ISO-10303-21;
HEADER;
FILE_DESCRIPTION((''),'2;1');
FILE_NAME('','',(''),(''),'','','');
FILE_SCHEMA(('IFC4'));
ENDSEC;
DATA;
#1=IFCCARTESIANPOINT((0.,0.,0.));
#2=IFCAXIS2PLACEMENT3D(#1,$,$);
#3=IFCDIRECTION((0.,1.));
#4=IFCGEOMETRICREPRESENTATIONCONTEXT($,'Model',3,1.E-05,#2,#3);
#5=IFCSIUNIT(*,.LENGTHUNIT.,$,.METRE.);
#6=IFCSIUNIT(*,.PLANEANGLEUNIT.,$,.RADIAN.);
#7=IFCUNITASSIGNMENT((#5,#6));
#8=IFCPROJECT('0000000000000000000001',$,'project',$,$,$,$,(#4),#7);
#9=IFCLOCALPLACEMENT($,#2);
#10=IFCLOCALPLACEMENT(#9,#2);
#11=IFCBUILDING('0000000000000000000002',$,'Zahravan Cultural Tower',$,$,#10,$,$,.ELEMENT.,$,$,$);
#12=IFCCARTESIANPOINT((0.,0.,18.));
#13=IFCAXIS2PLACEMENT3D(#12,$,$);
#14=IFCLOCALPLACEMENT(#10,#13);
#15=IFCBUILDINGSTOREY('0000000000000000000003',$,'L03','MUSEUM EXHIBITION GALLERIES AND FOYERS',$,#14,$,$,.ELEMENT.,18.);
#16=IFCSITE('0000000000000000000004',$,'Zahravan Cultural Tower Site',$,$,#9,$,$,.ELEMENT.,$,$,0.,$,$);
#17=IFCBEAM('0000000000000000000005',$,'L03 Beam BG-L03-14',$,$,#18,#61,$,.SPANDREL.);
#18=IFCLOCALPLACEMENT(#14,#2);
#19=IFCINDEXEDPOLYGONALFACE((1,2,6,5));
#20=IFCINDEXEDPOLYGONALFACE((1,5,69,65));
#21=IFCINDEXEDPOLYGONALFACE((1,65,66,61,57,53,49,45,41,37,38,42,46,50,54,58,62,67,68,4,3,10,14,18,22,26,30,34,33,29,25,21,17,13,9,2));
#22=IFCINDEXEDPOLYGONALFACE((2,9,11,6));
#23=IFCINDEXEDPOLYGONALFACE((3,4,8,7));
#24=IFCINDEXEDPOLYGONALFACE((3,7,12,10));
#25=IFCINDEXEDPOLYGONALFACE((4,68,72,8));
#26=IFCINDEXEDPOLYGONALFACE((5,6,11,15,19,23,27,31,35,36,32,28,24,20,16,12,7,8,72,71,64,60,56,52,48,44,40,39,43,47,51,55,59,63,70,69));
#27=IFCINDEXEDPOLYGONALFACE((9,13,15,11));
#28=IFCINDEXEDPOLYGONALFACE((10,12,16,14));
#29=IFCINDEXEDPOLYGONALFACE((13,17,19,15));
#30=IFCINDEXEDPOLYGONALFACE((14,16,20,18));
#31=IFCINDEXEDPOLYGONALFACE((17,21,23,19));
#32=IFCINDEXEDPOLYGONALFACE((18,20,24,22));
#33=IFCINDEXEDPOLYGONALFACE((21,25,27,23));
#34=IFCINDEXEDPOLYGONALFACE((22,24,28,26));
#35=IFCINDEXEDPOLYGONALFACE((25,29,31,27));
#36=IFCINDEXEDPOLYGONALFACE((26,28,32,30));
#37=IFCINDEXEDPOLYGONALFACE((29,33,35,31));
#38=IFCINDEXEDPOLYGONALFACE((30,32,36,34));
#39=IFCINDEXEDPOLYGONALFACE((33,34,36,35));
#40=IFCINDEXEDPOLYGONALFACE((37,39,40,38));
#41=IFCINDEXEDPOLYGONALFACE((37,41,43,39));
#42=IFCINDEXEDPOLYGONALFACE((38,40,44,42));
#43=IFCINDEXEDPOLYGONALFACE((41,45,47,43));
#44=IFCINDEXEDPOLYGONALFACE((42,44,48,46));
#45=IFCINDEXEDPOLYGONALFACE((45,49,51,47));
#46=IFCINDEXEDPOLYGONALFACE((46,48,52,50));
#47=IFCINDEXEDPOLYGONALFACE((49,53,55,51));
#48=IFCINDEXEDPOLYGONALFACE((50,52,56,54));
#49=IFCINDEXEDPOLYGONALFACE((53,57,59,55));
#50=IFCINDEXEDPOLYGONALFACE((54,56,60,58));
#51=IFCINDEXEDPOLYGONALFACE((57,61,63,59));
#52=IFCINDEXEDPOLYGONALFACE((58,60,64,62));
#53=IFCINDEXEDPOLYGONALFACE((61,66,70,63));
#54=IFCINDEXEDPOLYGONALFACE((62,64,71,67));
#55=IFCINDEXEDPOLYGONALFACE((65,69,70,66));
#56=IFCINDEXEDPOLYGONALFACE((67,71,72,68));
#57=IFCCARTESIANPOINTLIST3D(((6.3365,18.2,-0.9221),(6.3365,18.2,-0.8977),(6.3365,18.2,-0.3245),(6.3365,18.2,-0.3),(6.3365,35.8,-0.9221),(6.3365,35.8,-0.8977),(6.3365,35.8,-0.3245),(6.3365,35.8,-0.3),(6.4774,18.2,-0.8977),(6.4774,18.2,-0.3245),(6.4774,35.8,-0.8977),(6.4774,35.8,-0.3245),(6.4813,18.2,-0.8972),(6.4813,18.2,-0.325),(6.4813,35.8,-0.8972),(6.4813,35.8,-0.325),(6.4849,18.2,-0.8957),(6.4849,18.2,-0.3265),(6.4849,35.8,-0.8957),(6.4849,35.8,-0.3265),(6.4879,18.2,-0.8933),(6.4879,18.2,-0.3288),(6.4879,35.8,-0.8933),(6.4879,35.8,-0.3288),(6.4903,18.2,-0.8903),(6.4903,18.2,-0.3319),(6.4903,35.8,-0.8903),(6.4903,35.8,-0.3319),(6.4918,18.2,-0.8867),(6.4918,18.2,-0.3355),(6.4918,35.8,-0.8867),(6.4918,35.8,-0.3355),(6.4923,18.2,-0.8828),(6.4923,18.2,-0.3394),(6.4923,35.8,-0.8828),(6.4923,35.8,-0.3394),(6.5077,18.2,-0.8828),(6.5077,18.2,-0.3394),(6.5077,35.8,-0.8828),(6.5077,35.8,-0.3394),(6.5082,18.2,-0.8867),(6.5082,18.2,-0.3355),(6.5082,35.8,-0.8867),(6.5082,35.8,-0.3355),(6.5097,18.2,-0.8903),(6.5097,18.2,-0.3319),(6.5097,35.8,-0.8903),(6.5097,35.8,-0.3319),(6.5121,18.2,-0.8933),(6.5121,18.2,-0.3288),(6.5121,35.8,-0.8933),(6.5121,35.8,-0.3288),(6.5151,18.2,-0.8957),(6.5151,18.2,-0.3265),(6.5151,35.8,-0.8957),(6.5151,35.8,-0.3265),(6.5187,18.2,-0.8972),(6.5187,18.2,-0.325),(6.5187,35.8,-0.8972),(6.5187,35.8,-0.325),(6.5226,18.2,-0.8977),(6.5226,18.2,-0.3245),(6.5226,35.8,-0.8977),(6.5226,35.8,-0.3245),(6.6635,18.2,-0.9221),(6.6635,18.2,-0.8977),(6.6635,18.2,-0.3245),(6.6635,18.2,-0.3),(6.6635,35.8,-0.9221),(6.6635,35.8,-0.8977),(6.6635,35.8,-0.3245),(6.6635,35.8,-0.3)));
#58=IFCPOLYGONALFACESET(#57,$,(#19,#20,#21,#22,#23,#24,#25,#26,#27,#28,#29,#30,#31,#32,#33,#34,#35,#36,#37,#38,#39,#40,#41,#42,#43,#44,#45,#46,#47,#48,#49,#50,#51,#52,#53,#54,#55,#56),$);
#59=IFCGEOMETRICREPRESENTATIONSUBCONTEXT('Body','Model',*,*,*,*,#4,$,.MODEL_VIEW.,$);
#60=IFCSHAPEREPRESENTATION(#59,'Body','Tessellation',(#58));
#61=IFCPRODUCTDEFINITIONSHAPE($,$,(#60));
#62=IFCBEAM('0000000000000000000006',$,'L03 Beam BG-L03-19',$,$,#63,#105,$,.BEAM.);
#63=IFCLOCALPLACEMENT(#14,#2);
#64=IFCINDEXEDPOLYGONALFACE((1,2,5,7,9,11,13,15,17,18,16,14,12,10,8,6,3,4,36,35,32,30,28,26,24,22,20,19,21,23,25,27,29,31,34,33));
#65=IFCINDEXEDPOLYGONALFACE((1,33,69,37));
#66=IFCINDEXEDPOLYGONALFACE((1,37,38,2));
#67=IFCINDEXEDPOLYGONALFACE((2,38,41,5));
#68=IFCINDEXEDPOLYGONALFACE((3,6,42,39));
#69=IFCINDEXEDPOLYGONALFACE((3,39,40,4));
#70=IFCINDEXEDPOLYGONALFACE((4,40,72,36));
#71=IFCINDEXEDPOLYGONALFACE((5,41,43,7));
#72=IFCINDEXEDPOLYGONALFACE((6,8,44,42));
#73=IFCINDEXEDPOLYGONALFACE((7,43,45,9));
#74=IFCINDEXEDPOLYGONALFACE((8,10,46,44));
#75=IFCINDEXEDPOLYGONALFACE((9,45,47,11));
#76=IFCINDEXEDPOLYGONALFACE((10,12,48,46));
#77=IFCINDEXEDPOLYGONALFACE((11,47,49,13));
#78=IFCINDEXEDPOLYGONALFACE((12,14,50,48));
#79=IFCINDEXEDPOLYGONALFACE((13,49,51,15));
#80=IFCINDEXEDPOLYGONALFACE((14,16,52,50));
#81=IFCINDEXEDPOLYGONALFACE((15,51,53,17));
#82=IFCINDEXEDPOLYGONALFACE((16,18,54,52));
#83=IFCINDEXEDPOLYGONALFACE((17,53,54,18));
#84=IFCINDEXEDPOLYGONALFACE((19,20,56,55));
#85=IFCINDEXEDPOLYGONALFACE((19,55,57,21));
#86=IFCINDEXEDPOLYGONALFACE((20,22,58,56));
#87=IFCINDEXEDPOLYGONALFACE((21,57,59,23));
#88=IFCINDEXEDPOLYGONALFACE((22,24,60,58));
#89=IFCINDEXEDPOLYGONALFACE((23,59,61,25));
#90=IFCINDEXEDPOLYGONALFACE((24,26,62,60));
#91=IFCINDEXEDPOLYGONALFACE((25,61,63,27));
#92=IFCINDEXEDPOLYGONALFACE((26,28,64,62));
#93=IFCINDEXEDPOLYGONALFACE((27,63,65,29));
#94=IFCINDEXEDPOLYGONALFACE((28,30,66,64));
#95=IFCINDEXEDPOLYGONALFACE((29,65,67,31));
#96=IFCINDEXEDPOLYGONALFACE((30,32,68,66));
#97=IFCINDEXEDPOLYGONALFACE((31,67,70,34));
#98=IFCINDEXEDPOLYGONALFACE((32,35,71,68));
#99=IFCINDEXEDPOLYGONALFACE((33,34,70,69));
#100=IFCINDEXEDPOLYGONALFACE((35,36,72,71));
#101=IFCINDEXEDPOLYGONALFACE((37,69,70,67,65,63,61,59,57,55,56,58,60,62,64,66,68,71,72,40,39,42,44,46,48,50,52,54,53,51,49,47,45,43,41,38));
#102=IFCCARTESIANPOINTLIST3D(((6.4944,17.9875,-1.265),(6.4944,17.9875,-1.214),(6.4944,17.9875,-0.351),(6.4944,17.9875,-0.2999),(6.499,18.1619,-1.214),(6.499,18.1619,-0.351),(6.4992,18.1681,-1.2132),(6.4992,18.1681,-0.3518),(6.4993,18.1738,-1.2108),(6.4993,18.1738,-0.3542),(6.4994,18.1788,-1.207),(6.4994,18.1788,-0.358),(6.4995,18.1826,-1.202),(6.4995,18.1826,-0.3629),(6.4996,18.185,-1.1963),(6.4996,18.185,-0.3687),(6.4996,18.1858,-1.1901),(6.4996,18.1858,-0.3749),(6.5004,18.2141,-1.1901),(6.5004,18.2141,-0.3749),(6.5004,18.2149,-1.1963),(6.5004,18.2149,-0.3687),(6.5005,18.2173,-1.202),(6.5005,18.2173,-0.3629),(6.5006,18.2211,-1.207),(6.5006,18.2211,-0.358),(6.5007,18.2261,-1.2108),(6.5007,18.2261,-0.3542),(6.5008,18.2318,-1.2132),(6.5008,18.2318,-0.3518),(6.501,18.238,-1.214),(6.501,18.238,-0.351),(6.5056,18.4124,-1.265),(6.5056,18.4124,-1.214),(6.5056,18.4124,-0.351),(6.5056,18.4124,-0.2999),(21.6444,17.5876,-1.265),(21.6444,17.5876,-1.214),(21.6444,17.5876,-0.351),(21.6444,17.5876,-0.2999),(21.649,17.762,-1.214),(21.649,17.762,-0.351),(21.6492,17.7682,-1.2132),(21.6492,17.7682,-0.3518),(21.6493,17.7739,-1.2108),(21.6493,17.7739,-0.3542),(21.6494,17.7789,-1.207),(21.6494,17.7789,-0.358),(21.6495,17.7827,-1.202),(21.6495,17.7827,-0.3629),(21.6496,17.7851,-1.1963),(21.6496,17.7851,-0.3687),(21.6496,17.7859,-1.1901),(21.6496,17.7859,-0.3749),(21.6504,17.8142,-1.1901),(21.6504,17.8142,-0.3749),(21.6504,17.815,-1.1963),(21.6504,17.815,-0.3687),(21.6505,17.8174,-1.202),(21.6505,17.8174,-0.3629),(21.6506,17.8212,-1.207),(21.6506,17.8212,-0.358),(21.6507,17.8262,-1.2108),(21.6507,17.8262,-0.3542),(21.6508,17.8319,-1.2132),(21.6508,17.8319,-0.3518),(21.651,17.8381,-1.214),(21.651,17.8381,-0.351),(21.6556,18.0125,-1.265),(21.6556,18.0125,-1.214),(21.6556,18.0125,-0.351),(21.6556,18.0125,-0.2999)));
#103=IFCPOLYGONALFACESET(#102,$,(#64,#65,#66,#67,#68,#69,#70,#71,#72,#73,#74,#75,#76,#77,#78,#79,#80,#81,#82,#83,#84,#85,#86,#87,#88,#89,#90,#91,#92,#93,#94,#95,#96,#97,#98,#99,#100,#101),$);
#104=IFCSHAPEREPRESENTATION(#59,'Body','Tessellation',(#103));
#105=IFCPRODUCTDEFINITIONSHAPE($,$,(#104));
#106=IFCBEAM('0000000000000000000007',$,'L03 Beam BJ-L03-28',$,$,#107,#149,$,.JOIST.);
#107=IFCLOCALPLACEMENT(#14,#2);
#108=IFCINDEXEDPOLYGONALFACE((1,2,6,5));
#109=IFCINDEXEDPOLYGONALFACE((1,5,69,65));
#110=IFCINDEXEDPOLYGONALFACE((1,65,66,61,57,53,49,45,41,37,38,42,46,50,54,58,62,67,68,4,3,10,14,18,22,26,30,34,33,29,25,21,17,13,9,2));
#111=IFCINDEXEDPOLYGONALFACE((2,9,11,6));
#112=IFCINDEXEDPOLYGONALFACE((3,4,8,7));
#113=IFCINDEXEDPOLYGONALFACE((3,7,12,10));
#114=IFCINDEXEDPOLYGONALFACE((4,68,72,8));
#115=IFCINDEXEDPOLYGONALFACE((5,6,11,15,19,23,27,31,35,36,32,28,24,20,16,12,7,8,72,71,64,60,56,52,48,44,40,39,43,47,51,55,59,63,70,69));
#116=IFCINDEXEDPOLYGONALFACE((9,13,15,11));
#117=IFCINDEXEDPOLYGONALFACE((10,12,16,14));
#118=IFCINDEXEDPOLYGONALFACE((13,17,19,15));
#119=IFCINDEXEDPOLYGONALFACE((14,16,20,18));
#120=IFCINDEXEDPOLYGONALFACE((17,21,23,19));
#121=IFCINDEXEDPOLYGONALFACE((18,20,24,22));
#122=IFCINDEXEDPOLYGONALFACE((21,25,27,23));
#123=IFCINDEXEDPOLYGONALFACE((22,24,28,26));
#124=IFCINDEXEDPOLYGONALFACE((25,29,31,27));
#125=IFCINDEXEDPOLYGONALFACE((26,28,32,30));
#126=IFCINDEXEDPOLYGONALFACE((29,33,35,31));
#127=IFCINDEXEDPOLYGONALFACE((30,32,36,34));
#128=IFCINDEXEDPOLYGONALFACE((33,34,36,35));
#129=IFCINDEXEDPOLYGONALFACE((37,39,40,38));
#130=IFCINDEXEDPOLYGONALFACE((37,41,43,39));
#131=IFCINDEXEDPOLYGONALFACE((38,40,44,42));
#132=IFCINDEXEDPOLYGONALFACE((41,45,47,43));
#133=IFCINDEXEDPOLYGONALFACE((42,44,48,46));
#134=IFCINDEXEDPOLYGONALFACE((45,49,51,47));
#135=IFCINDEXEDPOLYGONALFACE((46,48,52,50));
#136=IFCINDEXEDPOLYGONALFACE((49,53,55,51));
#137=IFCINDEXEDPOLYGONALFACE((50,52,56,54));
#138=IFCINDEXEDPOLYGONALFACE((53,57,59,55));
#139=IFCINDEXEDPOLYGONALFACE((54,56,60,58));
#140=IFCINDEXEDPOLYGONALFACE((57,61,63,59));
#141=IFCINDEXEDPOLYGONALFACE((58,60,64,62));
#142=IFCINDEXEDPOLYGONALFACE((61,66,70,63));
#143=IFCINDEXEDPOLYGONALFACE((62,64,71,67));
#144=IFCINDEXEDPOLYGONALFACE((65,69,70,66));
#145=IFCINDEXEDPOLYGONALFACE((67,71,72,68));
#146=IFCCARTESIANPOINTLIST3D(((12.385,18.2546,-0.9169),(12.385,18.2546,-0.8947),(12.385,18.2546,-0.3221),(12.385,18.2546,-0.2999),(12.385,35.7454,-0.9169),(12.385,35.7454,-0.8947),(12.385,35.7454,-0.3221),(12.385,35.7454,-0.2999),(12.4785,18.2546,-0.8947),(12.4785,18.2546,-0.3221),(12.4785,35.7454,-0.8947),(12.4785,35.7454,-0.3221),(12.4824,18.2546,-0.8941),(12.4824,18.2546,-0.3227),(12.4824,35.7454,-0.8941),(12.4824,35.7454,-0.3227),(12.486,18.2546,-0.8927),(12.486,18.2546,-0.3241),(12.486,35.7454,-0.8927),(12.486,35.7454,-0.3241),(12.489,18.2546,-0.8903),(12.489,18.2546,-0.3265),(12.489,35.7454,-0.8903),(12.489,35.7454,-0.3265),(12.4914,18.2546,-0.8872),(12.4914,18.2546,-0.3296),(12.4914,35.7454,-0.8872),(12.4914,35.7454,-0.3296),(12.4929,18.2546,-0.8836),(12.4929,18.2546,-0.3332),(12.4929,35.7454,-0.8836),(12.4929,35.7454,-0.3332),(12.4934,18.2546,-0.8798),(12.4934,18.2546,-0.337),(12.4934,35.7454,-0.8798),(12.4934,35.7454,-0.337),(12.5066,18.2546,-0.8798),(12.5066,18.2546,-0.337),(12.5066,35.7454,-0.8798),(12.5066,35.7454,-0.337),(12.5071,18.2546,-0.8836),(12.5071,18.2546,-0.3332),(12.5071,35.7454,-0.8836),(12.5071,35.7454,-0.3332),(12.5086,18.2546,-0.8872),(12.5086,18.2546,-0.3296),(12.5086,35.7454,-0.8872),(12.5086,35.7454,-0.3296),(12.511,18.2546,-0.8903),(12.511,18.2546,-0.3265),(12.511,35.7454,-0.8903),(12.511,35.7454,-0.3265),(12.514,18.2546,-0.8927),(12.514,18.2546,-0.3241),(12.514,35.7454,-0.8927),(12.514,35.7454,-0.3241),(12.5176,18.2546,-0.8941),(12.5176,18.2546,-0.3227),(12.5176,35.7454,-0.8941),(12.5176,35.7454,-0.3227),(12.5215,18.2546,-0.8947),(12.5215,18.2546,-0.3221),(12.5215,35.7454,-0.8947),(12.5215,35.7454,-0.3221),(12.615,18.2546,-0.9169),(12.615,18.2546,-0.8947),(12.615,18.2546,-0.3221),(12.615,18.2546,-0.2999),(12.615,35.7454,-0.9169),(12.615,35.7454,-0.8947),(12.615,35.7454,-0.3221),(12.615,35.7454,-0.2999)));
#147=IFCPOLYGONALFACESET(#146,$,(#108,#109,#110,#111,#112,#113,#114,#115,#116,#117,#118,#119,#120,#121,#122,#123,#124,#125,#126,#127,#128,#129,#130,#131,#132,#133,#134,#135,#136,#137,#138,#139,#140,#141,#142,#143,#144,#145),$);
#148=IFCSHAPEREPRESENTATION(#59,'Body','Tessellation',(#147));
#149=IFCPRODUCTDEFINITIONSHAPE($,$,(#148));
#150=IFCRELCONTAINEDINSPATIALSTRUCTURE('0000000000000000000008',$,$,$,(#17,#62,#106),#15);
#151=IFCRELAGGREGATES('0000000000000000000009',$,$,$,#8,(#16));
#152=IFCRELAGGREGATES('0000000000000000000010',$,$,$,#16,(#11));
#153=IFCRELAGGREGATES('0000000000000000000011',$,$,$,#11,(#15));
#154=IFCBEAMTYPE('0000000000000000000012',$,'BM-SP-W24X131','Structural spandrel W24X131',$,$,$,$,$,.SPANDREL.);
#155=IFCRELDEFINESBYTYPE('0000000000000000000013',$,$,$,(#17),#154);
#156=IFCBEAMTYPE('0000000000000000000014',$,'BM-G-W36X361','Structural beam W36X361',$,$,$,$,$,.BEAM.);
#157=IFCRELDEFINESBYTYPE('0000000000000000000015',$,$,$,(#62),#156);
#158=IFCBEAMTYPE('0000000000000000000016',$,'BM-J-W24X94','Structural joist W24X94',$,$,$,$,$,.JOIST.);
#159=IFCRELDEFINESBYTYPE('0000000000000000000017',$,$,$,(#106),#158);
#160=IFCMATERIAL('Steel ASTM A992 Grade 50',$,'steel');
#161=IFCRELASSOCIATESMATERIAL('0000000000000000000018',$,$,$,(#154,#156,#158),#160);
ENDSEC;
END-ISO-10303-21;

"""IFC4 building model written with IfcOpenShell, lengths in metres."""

from ifc_helpers import new_model, si_unit, direction, frame, origin, origin_2d, place, context, subcontext, project, spatial, i_section, extrude, source, transform, mapped, material, material_profile, profile_set, type_object, element, save


model = new_model("IFC4")

# Units and contexts
model_context = context("Model", 3, precision=1e-05, world=origin(), true_north=direction((0.0, 1.0)))
body_context = subcontext(model_context, "Body", "Model", "MODEL_VIEW")
ifc_project = project(units=[si_unit("LENGTHUNIT", "METRE"), si_unit("PLANEANGLEUNIT", "RADIAN")], contexts=[model_context])

# Site, building, storey
site_placement = place(None, origin())
site = spatial("IfcSite", under=ifc_project, at=site_placement, Name="Zahravan Cultural Tower Site", CompositionType="ELEMENT", RefElevation=0.0)
building_placement = place(site_placement, origin())
building = spatial("IfcBuilding", under=site, at=building_placement, Name="Zahravan Cultural Tower", CompositionType="ELEMENT")
storey_placement = place(building_placement, frame((0.0, 0.0, 18.0)))
storey = spatial("IfcBuildingStorey", under=building, at=storey_placement, Name="L03", Description="MUSEUM EXHIBITION GALLERIES AND FOYERS", CompositionType="ELEMENT", Elevation=18.0)

# Beams
ifc_material_1 = material(Name="Steel ASTM A992 Grade 50", Category="steel")
ifc_material_profile_1 = material_profile(ifc_material_1, i_section(OverallWidth=0.3269, OverallDepth=0.6221, WebThickness=0.0154, FlangeThickness=0.0244, FilletRadius=0.0149, at=origin_2d()), Name="W24X131")
ifc_profile_set_1 = profile_set([ifc_material_profile_1], Name="Steel ASTM A992 Grade 50")
beam_type_1 = type_object("IfcBeamType", Name="BM-SP-W24X131", Description="Structural spandrel W24X131", PredefinedType="SPANDREL", material=ifc_profile_set_1)
shared_shape_1 = source(origin(), body_context, "Body", "SweptSolid", [
    extrude(i_section(OverallWidth=0.3269, OverallDepth=0.6221, WebThickness=0.0154, FlangeThickness=0.0244, FilletRadius=0.0149, at=origin_2d()), origin(), (0.0, 0.0, 1.0), 17.6001),
])
beam_1_placement = place(storey_placement, frame((6.5, 18.2, -0.6111), z_axis=(0.0, 1.0, 0.0), x_axis=(-1.0, 0.0, 0.0)))
element("IfcBeam", 1, at=beam_1_placement, inside=storey, type_object=beam_type_1, Name="L03 Beam BG-L03-14", PredefinedType="SPANDREL", context=body_context, shape_type="MappedRepresentation", body=[
    mapped(shared_shape_1, transform((0.0, 0.0, 0.0), x_axis=(1.0, 0.0, 0.0), y_axis=(0.0, 1.0, 0.0), z_axis=(0.0, 0.0, 1.0), scale=1.0)),
])
ifc_material_profile_2 = material_profile(ifc_material_1, i_section(OverallWidth=0.425, OverallDepth=0.9651, WebThickness=0.0283, FlangeThickness=0.051, FilletRadius=0.0239, at=origin_2d()), Name="W36X361")
ifc_profile_set_2 = profile_set([ifc_material_profile_2], Name="Steel ASTM A992 Grade 50")
beam_type_2 = type_object("IfcBeamType", Name="BM-G-W36X361", Description="Structural beam W36X361", PredefinedType="BEAM", material=ifc_profile_set_2)
shared_shape_2 = source(origin(), body_context, "Body", "SweptSolid", [
    extrude(i_section(OverallWidth=0.425, OverallDepth=0.9651, WebThickness=0.0283, FlangeThickness=0.051, FilletRadius=0.0239, at=origin_2d()), origin(), (0.0, 0.0, 1.0), 15.1553),
])
beam_2_placement = place(storey_placement, frame((6.5, 18.2, -0.7825), z_axis=(0.999652, -0.026387, 0.0), x_axis=(0.026387, 0.999652, 0.0)))
element("IfcBeam", 2, at=beam_2_placement, inside=storey, type_object=beam_type_2, Name="L03 Beam BG-L03-19", PredefinedType="BEAM", context=body_context, shape_type="MappedRepresentation", body=[
    mapped(shared_shape_2, transform((0.0, 0.0, 0.0), x_axis=(1.0, 0.0, 0.0), y_axis=(0.0, 1.0, 0.0), z_axis=(0.0, 0.0, 1.0), scale=1.0)),
])
ifc_material_profile_3 = material_profile(ifc_material_1, i_section(OverallWidth=0.23, OverallDepth=0.6169, WebThickness=0.0132, FlangeThickness=0.0222, FilletRadius=0.0149, at=origin_2d()), Name="W24X94")
ifc_profile_set_3 = profile_set([ifc_material_profile_3], Name="Steel ASTM A992 Grade 50")
beam_type_3 = type_object("IfcBeamType", Name="BM-J-W24X94", Description="Structural joist W24X94", PredefinedType="JOIST", material=ifc_profile_set_3)
shared_shape_3 = source(origin(), body_context, "Body", "SweptSolid", [
    extrude(i_section(OverallWidth=0.23, OverallDepth=0.6169, WebThickness=0.0132, FlangeThickness=0.0222, FilletRadius=0.0149, at=origin_2d()), origin(), (0.0, 0.0, 1.0), 17.4907),
])
beam_3_placement = place(storey_placement, frame((12.5, 18.2546, -0.6084), z_axis=(0.0, 1.0, 0.0), x_axis=(-1.0, 0.0, 0.0)))
element("IfcBeam", 3, at=beam_3_placement, inside=storey, type_object=beam_type_3, Name="L03 Beam BJ-L03-28", PredefinedType="JOIST", context=body_context, shape_type="MappedRepresentation", body=[
    mapped(shared_shape_3, transform((0.0, 0.0, 0.0), x_axis=(1.0, 0.0, 0.0), y_axis=(0.0, 1.0, 0.0), z_axis=(0.0, 0.0, 1.0), scale=1.0)),
])

save(model, "model.ifc")
